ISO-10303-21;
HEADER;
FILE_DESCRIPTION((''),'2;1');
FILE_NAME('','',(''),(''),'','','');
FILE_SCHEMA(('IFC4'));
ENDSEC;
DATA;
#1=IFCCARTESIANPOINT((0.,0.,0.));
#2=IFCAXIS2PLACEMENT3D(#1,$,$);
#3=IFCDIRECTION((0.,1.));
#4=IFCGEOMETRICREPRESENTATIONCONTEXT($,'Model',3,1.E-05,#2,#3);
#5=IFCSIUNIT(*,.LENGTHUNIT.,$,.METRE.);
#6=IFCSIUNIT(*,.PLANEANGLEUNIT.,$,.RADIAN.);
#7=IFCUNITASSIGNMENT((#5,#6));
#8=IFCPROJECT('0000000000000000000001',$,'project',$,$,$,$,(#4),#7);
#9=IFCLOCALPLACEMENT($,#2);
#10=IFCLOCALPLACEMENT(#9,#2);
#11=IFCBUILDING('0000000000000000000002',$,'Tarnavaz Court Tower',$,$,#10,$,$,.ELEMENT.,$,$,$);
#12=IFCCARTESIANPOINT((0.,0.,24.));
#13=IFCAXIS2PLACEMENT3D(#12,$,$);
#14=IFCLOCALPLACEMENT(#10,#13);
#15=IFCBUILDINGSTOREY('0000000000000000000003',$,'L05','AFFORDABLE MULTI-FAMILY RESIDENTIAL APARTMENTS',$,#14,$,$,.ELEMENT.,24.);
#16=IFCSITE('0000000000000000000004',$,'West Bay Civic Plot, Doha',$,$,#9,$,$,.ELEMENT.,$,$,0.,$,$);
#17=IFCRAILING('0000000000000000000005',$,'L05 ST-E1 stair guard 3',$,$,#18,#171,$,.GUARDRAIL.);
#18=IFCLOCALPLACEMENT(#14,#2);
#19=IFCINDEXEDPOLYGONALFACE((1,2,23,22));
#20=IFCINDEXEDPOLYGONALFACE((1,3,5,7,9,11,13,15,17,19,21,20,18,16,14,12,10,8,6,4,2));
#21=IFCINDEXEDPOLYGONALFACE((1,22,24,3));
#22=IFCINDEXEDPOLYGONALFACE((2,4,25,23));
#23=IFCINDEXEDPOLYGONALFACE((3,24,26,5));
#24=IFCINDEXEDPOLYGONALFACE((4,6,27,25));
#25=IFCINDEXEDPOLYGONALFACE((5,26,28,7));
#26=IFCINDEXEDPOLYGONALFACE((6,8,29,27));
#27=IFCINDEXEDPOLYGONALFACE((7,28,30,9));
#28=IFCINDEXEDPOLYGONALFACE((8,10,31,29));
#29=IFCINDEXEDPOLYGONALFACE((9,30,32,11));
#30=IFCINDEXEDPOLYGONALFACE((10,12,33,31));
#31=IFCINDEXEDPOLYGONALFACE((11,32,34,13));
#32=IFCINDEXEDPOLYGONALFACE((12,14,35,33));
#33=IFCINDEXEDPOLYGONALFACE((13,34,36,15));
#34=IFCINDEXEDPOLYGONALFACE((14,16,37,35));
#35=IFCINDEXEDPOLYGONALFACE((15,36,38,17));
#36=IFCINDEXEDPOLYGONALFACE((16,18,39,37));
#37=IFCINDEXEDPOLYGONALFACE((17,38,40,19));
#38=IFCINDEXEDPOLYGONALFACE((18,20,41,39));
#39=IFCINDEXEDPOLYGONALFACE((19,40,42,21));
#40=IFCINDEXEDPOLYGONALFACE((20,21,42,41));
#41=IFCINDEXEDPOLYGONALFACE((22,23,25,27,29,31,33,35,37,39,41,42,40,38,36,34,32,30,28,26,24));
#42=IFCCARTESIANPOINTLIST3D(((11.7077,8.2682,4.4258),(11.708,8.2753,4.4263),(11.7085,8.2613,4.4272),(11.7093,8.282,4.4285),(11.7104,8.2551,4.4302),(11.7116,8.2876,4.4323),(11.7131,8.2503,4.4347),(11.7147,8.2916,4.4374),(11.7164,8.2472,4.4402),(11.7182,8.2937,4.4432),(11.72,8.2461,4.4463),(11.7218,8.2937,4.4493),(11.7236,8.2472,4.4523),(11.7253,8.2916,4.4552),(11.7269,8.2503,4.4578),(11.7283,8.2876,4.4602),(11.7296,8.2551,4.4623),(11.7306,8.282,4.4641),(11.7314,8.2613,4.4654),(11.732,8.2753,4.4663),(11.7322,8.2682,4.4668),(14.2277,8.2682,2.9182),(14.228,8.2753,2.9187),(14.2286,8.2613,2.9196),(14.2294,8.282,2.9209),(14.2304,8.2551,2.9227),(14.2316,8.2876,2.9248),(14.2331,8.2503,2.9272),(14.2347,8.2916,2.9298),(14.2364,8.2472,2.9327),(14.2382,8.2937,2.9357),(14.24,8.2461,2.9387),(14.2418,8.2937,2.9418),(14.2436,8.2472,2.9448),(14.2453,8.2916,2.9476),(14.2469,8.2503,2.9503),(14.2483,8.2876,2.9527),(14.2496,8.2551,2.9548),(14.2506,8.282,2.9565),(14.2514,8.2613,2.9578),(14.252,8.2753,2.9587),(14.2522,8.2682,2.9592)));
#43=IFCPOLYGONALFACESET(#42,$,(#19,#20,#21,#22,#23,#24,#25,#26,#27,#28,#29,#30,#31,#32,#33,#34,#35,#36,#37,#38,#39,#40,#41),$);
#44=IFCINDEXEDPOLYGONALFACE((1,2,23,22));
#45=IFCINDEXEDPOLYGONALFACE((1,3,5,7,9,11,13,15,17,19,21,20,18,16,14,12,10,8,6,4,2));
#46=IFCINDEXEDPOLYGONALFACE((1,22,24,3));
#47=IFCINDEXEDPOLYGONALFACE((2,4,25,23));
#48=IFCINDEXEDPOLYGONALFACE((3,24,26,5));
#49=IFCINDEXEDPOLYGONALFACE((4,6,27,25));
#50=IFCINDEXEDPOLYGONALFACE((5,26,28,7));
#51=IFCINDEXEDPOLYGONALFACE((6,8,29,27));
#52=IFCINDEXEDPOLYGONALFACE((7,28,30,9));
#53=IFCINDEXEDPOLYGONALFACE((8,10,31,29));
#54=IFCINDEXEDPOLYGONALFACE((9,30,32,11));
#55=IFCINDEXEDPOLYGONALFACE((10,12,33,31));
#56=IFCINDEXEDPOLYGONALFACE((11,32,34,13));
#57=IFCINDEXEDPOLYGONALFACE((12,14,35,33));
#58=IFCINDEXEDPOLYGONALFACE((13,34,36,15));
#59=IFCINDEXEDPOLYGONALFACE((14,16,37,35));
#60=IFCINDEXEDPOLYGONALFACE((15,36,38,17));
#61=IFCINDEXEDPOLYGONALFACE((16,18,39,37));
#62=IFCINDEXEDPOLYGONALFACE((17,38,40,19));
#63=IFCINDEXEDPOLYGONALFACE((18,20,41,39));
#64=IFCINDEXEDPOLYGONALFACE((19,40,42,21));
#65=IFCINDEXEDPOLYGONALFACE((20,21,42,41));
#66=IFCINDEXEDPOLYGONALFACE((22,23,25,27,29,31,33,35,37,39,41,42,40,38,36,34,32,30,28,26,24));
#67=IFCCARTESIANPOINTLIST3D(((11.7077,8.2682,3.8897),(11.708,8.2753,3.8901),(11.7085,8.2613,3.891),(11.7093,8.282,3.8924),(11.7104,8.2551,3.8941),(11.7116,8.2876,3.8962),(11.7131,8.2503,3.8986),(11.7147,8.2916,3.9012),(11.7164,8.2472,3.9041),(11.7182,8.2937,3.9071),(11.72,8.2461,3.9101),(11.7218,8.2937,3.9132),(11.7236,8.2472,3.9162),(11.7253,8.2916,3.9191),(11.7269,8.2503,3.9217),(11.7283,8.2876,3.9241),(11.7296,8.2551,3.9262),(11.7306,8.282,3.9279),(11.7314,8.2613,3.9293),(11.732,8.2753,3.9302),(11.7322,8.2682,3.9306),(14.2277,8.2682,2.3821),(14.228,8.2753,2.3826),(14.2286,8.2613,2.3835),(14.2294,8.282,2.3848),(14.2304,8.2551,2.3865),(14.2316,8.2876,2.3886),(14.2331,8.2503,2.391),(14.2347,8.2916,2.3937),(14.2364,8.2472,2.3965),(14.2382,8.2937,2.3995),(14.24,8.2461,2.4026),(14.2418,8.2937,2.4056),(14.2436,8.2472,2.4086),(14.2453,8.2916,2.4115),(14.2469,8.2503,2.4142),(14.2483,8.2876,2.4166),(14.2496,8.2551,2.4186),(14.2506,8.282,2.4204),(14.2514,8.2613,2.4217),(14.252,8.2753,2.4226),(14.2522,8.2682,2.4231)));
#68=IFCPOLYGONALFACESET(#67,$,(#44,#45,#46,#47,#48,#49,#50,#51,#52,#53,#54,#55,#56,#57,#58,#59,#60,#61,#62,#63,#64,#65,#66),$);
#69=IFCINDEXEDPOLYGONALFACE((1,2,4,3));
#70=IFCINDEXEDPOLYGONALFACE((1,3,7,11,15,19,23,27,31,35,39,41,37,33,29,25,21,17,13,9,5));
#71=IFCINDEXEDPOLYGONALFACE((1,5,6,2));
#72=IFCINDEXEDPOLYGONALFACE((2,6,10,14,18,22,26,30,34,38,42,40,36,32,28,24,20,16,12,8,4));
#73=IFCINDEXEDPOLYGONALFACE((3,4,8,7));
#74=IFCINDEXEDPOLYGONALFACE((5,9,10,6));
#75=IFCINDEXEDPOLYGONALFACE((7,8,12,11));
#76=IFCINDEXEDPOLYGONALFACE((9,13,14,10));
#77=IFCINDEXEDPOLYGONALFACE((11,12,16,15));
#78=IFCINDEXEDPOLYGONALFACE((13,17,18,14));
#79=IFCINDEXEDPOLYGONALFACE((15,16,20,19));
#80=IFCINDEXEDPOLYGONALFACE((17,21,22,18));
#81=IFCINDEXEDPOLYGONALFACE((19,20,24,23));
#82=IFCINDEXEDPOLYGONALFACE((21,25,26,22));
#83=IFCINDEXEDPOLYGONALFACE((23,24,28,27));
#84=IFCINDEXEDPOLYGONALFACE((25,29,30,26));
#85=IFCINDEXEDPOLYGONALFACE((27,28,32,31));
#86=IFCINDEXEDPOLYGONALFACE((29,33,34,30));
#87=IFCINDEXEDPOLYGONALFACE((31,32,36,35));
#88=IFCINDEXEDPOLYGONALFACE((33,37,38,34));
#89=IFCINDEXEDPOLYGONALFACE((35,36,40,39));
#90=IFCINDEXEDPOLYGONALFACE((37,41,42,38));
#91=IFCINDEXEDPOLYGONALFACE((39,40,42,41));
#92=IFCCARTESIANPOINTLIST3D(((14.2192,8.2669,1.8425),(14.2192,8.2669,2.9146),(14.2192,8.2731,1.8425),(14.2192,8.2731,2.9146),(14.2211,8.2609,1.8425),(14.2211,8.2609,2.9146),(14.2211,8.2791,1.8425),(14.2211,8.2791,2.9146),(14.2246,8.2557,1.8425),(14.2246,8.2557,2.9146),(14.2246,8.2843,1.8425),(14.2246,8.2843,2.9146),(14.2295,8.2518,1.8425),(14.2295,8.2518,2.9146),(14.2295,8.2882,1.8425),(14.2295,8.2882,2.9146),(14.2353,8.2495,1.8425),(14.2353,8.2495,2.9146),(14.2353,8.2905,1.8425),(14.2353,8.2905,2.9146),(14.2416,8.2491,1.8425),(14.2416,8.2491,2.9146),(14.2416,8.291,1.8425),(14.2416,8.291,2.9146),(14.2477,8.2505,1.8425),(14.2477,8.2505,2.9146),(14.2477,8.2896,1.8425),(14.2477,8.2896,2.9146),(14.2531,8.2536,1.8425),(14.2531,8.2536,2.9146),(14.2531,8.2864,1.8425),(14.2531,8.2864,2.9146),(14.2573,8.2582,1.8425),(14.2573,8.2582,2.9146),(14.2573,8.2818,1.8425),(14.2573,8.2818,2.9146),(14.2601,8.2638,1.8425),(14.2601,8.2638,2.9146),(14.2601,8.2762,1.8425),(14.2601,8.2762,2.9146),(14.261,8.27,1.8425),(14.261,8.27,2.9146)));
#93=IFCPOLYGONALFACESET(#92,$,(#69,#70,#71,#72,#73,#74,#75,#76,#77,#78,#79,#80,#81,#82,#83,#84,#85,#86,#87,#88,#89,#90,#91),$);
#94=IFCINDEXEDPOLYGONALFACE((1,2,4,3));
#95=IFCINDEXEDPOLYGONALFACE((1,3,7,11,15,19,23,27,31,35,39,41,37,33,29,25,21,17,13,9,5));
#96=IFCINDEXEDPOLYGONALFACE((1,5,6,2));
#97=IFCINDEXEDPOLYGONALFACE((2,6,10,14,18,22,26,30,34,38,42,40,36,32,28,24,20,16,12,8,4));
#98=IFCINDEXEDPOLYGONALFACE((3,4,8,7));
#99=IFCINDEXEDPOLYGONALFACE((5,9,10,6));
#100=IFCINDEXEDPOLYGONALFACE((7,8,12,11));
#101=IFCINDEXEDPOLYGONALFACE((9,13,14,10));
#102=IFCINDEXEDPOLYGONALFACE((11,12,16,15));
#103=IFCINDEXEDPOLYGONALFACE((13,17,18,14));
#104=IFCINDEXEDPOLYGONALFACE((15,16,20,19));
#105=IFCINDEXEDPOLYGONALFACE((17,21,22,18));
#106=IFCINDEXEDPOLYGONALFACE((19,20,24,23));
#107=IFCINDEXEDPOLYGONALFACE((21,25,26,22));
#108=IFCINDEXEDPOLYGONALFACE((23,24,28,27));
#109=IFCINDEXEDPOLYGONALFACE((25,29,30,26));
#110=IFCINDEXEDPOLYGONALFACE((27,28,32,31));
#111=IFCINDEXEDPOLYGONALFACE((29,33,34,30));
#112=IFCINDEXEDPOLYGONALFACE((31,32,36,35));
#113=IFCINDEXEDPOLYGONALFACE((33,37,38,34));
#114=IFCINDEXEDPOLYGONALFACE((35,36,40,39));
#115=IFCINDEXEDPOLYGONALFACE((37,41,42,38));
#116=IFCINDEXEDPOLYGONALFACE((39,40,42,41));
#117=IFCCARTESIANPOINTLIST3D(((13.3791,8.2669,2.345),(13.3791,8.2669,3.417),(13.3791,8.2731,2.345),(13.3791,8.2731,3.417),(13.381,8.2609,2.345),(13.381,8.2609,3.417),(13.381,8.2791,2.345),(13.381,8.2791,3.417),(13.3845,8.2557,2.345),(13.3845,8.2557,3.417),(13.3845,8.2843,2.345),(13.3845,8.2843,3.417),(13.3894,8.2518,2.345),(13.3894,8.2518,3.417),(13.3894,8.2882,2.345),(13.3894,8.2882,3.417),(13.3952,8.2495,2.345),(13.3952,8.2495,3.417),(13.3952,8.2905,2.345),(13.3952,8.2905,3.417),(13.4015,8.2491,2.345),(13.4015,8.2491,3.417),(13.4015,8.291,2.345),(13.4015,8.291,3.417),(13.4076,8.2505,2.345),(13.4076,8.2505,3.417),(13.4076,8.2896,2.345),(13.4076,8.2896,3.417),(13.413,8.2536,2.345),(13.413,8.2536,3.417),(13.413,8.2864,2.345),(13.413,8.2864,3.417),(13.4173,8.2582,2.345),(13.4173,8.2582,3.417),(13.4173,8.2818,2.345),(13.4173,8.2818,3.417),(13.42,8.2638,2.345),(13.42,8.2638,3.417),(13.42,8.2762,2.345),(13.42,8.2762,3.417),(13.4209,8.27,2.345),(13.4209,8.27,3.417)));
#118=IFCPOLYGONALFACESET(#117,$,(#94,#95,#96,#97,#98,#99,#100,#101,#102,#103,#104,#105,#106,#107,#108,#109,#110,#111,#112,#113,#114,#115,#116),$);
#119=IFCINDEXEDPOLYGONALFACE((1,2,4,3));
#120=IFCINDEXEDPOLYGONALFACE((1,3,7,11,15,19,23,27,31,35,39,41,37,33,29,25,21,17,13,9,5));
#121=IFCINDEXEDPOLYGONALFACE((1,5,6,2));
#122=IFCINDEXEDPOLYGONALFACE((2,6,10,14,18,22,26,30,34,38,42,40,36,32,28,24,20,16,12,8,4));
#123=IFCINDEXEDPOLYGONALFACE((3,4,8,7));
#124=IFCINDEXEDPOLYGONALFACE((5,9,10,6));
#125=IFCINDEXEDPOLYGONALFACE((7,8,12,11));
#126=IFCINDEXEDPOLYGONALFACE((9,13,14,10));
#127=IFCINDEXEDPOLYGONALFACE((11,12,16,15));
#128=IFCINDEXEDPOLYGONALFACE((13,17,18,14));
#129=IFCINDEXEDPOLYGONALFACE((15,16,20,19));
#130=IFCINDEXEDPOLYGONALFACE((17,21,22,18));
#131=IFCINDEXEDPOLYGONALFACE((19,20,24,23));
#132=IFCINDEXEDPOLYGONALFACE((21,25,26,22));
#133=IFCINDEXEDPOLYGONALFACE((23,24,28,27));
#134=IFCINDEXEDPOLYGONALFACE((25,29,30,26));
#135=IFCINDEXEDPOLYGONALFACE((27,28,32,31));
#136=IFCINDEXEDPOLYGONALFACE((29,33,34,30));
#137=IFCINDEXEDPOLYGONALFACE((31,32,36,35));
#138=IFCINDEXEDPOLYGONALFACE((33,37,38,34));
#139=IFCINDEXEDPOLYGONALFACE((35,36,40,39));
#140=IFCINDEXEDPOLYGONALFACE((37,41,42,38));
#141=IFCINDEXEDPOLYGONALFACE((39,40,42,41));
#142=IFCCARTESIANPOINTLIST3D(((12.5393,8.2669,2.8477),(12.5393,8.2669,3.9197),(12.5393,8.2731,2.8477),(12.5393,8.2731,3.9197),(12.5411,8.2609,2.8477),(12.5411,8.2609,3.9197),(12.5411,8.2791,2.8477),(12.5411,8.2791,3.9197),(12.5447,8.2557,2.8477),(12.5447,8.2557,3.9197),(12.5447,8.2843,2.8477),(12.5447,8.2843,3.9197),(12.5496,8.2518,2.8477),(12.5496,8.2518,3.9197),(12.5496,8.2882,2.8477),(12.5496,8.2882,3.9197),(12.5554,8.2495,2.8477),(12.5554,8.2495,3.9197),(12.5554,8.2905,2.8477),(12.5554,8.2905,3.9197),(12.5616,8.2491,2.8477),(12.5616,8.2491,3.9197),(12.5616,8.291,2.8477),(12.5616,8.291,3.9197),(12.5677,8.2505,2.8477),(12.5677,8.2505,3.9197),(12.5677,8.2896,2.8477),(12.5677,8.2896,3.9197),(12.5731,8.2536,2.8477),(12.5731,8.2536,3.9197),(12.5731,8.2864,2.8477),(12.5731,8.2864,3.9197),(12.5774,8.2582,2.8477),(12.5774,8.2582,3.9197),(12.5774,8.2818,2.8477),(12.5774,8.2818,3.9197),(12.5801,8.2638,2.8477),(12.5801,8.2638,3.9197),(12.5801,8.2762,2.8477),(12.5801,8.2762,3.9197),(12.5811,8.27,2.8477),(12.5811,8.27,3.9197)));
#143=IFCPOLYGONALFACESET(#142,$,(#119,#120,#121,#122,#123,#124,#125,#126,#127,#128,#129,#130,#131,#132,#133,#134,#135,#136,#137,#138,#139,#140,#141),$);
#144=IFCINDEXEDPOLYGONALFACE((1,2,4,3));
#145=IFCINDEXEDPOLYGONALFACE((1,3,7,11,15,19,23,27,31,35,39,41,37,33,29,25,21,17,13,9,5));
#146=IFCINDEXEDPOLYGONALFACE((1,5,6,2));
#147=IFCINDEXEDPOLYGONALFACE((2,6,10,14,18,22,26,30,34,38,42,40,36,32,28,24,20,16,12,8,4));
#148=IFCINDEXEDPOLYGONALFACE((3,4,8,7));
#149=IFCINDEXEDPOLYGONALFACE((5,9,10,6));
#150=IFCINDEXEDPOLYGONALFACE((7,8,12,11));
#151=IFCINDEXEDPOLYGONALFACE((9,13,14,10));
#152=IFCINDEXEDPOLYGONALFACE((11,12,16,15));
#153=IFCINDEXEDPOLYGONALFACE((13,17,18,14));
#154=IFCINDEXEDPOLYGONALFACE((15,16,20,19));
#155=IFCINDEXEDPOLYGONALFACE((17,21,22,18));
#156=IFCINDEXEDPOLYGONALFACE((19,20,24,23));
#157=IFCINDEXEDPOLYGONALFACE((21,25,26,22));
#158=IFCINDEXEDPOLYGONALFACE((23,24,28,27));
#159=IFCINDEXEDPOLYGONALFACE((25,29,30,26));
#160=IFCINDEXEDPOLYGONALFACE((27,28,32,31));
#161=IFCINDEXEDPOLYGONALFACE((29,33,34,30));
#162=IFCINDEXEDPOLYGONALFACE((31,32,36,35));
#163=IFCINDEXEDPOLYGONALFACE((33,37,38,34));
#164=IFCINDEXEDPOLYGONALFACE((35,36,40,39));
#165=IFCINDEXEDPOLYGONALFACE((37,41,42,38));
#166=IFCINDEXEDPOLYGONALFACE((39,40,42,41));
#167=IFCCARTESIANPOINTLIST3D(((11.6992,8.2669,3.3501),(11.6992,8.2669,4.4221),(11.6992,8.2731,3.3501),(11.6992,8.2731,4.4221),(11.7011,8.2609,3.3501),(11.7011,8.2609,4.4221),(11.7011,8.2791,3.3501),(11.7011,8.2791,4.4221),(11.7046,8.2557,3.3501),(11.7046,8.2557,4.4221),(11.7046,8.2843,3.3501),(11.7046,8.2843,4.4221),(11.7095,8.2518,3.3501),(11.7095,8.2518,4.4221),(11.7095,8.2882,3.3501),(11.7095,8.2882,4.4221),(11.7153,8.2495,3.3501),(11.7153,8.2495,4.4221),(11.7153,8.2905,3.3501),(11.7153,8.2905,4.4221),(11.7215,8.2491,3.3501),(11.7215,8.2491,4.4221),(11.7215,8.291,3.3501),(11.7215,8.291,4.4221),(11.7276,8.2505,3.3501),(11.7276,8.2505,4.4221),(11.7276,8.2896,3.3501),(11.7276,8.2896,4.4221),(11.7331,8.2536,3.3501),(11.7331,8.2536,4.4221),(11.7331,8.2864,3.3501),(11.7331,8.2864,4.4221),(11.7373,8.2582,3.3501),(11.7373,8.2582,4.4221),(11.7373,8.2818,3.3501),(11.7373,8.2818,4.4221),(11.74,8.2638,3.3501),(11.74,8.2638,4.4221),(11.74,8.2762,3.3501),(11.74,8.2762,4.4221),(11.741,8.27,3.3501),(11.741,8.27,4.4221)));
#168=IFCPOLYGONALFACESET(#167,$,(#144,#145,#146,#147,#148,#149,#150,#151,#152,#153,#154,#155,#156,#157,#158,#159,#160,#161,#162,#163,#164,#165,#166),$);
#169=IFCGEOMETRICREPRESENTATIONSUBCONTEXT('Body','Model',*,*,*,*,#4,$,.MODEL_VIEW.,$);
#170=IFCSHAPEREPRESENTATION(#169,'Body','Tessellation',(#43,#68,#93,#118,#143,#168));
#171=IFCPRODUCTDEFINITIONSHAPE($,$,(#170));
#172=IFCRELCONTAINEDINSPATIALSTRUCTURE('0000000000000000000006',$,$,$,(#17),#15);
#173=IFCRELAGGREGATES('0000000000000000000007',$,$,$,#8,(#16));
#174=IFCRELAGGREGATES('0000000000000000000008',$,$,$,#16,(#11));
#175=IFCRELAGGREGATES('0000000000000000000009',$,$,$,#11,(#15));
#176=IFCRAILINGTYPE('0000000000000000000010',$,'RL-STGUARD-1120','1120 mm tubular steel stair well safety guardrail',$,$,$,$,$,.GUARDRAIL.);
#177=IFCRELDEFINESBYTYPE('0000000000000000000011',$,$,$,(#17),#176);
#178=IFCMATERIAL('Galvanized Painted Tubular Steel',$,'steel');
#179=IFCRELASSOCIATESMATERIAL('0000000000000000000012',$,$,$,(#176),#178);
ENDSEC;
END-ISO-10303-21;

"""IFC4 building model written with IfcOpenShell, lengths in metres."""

from ifc_helpers import new_model, si_unit, direction, frame, origin, origin_2d, place, context, subcontext, project, spatial, circle, extrude, material, type_object, element, save


model = new_model("IFC4")

# Units and contexts
model_context = context("Model", 3, precision=1e-05, world=origin(), true_north=direction((0.0, 1.0)))
body_context = subcontext(model_context, "Body", "Model", "MODEL_VIEW")
ifc_project = project(units=[si_unit("LENGTHUNIT", "METRE"), si_unit("PLANEANGLEUNIT", "RADIAN")], contexts=[model_context])

# Site, building, storey
site_placement = place(None, origin())
site = spatial("IfcSite", under=ifc_project, at=site_placement, Name="West Bay Civic Plot, Doha", CompositionType="ELEMENT", RefElevation=0.0)
building_placement = place(site_placement, origin())
building = spatial("IfcBuilding", under=site, at=building_placement, Name="Tarnavaz Court Tower", CompositionType="ELEMENT")
storey_placement = place(building_placement, frame((0.0, 0.0, 24.0)))
storey = spatial("IfcBuildingStorey", under=building, at=storey_placement, Name="L05", Description="AFFORDABLE MULTI-FAMILY RESIDENTIAL APARTMENTS", CompositionType="ELEMENT", Elevation=24.0)

# Railing
ifc_material_1 = material(Name="Galvanized Painted Tubular Steel", Category="steel")
railing_type_1 = type_object("IfcRailingType", Name="RL-STGUARD-1120", Description="1120 mm tubular steel stair well safety guardrail", PredefinedType="GUARDRAIL", material=ifc_material_1)
railing_1_placement = place(storey_placement, frame((14.24, 8.27, 1.8425)))
element("IfcRailing", 1, at=railing_1_placement, inside=storey, type_object=railing_type_1, Name="L05 ST-E1 stair guard 3", PredefinedType="GUARDRAIL", context=body_context, shape_type="SweptSolid", body=[
    extrude(circle(Radius=0.0239, at=origin_2d()), frame((0.0, 0.0, 1.0962), z_axis=(-0.85816, 0.0, 0.513383), x_axis=(0.0, -1.0, 0.0)), (0.0, 0.0, 1.0), 2.9365),
    extrude(circle(Radius=0.0239, at=origin_2d()), frame((0.0, 0.0, 0.5601), z_axis=(-0.85816, 0.0, 0.513383), x_axis=(0.0, -1.0, 0.0)), (0.0, 0.0, 1.0), 2.9365),
    extrude(circle(Radius=0.021, at=origin_2d()), origin(), (0.0, 0.0, 1.0), 1.072),
    extrude(circle(Radius=0.021, at=origin_2d()), frame((-0.8401, 0.0, 0.5024)), (0.0, 0.0, 1.0), 1.072),
    extrude(circle(Radius=0.021, at=origin_2d()), frame((-1.6799, 0.0, 1.0051)), (0.0, 0.0, 1.0), 1.072),
    extrude(circle(Radius=0.021, at=origin_2d()), frame((-2.52, 0.0, 1.5076)), (0.0, 0.0, 1.0), 1.072),
])

save(model, "model.ifc")
